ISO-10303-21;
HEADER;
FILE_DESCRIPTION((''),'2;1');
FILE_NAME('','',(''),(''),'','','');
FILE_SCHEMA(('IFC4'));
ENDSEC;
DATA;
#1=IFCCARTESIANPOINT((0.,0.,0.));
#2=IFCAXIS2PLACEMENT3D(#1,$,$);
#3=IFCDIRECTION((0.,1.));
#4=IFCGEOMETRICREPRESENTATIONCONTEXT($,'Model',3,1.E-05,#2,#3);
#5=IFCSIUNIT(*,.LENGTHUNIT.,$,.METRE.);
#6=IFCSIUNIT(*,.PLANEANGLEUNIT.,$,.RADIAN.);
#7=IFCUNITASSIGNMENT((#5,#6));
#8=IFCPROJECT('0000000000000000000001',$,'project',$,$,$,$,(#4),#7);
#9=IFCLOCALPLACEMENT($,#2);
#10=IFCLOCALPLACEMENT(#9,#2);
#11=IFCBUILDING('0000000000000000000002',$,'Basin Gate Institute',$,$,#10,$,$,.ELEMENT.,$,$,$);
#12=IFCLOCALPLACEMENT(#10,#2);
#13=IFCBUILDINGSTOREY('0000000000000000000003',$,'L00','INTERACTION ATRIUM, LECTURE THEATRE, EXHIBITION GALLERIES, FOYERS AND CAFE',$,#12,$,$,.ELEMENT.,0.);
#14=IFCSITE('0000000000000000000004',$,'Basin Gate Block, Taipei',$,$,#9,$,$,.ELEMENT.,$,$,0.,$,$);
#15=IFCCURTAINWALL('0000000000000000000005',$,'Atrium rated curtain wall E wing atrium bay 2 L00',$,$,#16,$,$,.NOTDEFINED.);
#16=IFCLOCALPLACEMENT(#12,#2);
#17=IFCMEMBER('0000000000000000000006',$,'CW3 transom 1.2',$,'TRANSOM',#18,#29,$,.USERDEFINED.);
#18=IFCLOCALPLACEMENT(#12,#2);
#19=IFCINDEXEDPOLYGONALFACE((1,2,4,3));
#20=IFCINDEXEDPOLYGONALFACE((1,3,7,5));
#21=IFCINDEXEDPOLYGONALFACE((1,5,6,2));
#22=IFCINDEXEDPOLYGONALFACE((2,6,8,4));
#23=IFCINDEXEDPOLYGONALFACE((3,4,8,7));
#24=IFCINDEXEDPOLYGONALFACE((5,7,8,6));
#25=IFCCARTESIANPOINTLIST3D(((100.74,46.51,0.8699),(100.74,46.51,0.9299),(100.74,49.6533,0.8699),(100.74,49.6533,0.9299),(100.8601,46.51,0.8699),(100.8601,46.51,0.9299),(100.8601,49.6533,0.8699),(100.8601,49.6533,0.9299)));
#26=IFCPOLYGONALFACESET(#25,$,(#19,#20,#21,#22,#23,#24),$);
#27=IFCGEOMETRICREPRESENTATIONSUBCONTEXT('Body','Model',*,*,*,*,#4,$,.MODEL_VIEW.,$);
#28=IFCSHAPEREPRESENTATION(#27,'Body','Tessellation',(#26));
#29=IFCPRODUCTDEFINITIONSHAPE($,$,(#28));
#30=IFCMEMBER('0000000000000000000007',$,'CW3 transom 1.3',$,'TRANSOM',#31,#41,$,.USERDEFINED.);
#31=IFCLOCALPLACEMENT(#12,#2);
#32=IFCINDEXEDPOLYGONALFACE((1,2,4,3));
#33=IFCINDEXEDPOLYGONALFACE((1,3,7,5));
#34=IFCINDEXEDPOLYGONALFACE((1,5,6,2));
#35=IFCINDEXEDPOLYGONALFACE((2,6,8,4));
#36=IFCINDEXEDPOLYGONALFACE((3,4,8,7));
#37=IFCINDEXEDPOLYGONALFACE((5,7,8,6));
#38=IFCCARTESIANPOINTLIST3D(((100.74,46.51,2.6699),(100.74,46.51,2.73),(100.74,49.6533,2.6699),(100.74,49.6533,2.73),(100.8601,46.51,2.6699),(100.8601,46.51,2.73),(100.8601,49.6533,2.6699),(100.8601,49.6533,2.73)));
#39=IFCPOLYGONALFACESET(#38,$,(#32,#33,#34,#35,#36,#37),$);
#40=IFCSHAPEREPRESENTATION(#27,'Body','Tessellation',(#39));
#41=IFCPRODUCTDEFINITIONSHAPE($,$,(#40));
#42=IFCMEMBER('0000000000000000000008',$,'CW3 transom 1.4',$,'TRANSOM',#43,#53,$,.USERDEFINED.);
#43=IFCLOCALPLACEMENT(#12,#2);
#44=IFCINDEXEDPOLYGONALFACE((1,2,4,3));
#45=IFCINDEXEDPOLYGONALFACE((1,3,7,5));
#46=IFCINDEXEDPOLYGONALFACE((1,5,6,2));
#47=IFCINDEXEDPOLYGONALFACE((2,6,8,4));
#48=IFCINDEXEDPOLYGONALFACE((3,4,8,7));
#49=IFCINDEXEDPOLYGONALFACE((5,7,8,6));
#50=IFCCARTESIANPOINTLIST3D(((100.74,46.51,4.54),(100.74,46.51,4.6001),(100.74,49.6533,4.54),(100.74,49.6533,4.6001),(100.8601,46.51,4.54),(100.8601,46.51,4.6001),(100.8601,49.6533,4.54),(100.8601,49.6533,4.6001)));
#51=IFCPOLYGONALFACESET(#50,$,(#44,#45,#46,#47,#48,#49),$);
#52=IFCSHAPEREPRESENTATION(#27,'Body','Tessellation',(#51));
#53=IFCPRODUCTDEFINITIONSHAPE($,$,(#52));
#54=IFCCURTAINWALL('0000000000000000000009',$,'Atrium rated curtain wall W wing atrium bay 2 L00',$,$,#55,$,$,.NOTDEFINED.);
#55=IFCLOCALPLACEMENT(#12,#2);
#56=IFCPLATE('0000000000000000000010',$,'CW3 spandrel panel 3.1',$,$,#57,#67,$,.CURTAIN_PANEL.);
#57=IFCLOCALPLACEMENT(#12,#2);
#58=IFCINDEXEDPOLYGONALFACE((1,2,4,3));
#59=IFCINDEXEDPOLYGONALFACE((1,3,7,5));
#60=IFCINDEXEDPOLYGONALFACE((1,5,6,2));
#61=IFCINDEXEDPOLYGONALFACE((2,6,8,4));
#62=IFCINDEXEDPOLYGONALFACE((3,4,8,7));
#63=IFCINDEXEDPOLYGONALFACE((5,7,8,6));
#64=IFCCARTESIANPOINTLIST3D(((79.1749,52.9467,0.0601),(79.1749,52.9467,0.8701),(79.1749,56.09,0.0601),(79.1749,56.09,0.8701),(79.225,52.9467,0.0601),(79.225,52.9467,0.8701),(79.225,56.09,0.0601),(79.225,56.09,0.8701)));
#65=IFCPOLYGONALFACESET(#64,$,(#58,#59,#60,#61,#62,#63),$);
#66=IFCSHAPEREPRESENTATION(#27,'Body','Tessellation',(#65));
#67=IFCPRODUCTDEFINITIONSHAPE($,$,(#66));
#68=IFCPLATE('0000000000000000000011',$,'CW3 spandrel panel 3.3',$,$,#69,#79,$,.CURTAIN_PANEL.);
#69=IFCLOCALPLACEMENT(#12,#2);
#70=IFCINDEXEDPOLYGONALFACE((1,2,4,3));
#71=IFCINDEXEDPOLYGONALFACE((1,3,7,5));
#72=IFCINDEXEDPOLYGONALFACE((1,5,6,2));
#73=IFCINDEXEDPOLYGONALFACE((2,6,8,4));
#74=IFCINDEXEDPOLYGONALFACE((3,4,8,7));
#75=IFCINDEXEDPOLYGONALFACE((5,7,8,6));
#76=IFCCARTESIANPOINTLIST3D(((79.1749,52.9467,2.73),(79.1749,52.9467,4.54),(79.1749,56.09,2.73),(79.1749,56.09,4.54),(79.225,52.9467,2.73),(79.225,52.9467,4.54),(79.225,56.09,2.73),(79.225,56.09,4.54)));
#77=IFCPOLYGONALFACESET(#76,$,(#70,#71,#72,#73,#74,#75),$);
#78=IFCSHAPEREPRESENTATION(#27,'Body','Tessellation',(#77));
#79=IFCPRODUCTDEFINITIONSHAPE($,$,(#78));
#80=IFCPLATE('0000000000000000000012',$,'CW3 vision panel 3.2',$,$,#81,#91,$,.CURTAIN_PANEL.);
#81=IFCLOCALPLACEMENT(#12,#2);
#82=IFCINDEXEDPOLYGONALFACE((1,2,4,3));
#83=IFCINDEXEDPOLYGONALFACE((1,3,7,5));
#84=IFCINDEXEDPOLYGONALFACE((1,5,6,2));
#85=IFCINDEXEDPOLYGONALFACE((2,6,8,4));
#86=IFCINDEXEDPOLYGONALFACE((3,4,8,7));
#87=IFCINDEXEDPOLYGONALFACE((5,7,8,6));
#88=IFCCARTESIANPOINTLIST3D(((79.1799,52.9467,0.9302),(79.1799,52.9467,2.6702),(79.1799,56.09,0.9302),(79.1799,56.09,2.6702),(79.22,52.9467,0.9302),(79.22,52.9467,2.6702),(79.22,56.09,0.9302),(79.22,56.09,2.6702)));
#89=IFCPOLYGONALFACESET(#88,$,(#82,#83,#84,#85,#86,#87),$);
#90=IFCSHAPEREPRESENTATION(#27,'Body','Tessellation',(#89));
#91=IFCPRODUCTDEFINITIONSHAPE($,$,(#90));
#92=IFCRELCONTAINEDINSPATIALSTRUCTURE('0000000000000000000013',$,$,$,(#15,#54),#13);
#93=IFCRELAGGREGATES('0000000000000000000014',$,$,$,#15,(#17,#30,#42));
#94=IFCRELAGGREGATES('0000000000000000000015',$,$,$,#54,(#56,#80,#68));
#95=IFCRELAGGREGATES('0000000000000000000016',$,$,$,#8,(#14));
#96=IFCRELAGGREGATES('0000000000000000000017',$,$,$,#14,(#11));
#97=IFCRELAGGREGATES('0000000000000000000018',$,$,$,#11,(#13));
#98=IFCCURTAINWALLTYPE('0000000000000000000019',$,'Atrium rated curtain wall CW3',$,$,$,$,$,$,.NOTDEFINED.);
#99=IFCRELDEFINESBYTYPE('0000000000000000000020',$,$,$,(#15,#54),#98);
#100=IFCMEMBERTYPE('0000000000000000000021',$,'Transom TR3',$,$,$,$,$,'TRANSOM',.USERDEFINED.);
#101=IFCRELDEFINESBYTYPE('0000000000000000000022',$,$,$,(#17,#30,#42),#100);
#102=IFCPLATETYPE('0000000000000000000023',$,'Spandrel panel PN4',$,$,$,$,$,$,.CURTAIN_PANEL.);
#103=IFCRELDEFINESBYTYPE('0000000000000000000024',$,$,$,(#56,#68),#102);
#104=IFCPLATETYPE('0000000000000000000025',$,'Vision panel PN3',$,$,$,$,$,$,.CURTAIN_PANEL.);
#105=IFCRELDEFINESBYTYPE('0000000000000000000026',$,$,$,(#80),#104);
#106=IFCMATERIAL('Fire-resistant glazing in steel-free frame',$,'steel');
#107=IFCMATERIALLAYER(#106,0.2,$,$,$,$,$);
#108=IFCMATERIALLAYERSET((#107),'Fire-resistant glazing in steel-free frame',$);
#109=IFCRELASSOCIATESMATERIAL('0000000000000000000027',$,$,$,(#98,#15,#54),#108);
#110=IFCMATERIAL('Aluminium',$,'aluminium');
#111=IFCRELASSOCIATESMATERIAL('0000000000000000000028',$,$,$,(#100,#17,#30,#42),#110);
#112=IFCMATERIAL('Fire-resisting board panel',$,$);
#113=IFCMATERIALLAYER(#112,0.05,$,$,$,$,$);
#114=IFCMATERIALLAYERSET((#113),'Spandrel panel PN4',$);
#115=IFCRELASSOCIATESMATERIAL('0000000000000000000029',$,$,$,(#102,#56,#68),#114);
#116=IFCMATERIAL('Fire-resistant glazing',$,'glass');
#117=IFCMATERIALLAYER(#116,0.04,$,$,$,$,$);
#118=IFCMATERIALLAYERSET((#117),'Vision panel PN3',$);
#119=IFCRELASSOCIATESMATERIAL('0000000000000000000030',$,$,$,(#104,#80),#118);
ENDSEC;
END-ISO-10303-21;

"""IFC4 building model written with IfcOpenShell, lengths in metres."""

from ifc_helpers import new_model, si_unit, direction, frame, origin, origin_2d, place, context, subcontext, project, spatial, rectangle, extrude, material, layer, layer_set, material_profile, profile_set, type_object, element, aggregate, save


model = new_model("IFC4")

# Units and contexts
model_context = context("Model", 3, precision=1e-05, world=origin(), true_north=direction((0.0, 1.0)))
body_context = subcontext(model_context, "Body", "Model", "MODEL_VIEW")
ifc_project = project(units=[si_unit("LENGTHUNIT", "METRE"), si_unit("PLANEANGLEUNIT", "RADIAN")], contexts=[model_context])

# Site, building, storey
site_placement = place(None, origin())
site = spatial("IfcSite", under=ifc_project, at=site_placement, Name="Basin Gate Block, Taipei", CompositionType="ELEMENT", RefElevation=0.0)
building_placement = place(site_placement, origin())
building = spatial("IfcBuilding", under=site, at=building_placement, Name="Basin Gate Institute", CompositionType="ELEMENT")
storey_placement = place(building_placement, origin())
storey = spatial("IfcBuildingStorey", under=building, at=storey_placement, Name="L00", Description="INTERACTION ATRIUM, LECTURE THEATRE, EXHIBITION GALLERIES, FOYERS AND CAFE", CompositionType="ELEMENT", Elevation=0.0)

# Curtain wall
ifc_material_1 = material(Name="Fire-resistant glazing in steel-free frame", Category="steel")
ifc_layer_1 = layer(ifc_material_1, 0.2)
ifc_layer_set_1 = layer_set([ifc_layer_1], Name="Fire-resistant glazing in steel-free frame")
curtain_wall_type = type_object("IfcCurtainWallType", Name="Atrium rated curtain wall CW3", PredefinedType="NOTDEFINED", material=ifc_layer_set_1)
curtain_wall_1_placement = place(storey_placement, origin())
curtain_wall_1 = element("IfcCurtainWall", 1, at=curtain_wall_1_placement, inside=storey, type_object=curtain_wall_type, material=ifc_layer_set_1, Name="Atrium rated curtain wall E wing atrium bay 2 L00", PredefinedType="NOTDEFINED")

# Members
ifc_material_2 = material(Name="Aluminium", Category="aluminium")
ifc_material_profile_1 = material_profile(ifc_material_2, rectangle(XDim=0.1201, YDim=0.0601, at=origin_2d()), Name="Transom TR3 120 x 60")
ifc_profile_set_1 = profile_set([ifc_material_profile_1], Name="Aluminium")
member_type_1 = type_object("IfcMemberType", Name="Transom TR3", ElementType="TRANSOM", PredefinedType="USERDEFINED", material=ifc_profile_set_1)
member_1_placement = place(storey_placement, frame((100.8, 46.51, 0.8999), z_axis=(0.0, 1.0, 0.0), x_axis=(-1.0, 0.0, 0.0)))
member_1 = element("IfcMember", 2, at=member_1_placement, type_object=member_type_1, material=ifc_profile_set_1, Name="CW3 transom 1.2", ObjectType="TRANSOM", PredefinedType="USERDEFINED", context=body_context, shape_type="SweptSolid", body=[
    extrude(rectangle(XDim=0.1201, YDim=0.0601, at=origin_2d()), origin(), (0.0, 0.0, 1.0), 3.1433),
])
member_2_placement = place(storey_placement, frame((100.8, 46.51, 2.7), z_axis=(0.0, 1.0, 0.0), x_axis=(-1.0, 0.0, 0.0)))
member_2 = element("IfcMember", 3, at=member_2_placement, type_object=member_type_1, material=ifc_profile_set_1, Name="CW3 transom 1.3", ObjectType="TRANSOM", PredefinedType="USERDEFINED", context=body_context, shape_type="SweptSolid", body=[
    extrude(rectangle(XDim=0.1201, YDim=0.0601, at=origin_2d()), origin(), (0.0, 0.0, 1.0), 3.1433),
])
member_3_placement = place(storey_placement, frame((100.8, 46.51, 4.5701), z_axis=(0.0, 1.0, 0.0), x_axis=(-1.0, 0.0, 0.0)))
member_3 = element("IfcMember", 4, at=member_3_placement, type_object=member_type_1, material=ifc_profile_set_1, Name="CW3 transom 1.4", ObjectType="TRANSOM", PredefinedType="USERDEFINED", context=body_context, shape_type="SweptSolid", body=[
    extrude(rectangle(XDim=0.1201, YDim=0.0601, at=origin_2d()), origin(), (0.0, 0.0, 1.0), 3.1433),
])
aggregate(curtain_wall_1, [member_1, member_2, member_3])

# Curtain wall, plates
curtain_wall_2_placement = place(storey_placement, origin())
curtain_wall_2 = element("IfcCurtainWall", 5, at=curtain_wall_2_placement, inside=storey, type_object=curtain_wall_type, material=ifc_layer_set_1, Name="Atrium rated curtain wall W wing atrium bay 2 L00", PredefinedType="NOTDEFINED")
ifc_material_3 = material(Name="Fire-resisting board panel")
ifc_layer_2 = layer(ifc_material_3, 0.05)
ifc_layer_set_2 = layer_set([ifc_layer_2], Name="Spandrel panel PN4")
plate_type_1 = type_object("IfcPlateType", Name="Spandrel panel PN4", PredefinedType="CURTAIN_PANEL", material=ifc_layer_set_2)
plate_1_placement = place(storey_placement, frame((79.2, 54.5183, 0.0601), z_axis=(0.0, 0.0, 1.0), x_axis=(0.0, 1.0, 0.0)))
plate_1 = element("IfcPlate", 6, at=plate_1_placement, type_object=plate_type_1, material=ifc_layer_set_2, Name="CW3 spandrel panel 3.1", PredefinedType="CURTAIN_PANEL", context=body_context, shape_type="SweptSolid", body=[
    extrude(rectangle(XDim=3.1433, YDim=0.05, at=origin_2d()), origin(), (0.0, 0.0, 1.0), 0.8101),
])
plate_2_placement = place(storey_placement, frame((79.2, 54.5183, 2.73), z_axis=(0.0, 0.0, 1.0), x_axis=(0.0, 1.0, 0.0)))
plate_2 = element("IfcPlate", 7, at=plate_2_placement, type_object=plate_type_1, material=ifc_layer_set_2, Name="CW3 spandrel panel 3.3", PredefinedType="CURTAIN_PANEL", context=body_context, shape_type="SweptSolid", body=[
    extrude(rectangle(XDim=3.1433, YDim=0.05, at=origin_2d()), origin(), (0.0, 0.0, 1.0), 1.8101),
])
ifc_material_4 = material(Name="Fire-resistant glazing", Category="glass")
ifc_layer_3 = layer(ifc_material_4, 0.04)
ifc_layer_set_3 = layer_set([ifc_layer_3], Name="Vision panel PN3")
plate_type_2 = type_object("IfcPlateType", Name="Vision panel PN3", PredefinedType="CURTAIN_PANEL", material=ifc_layer_set_3)
plate_3_placement = place(storey_placement, frame((79.2, 54.5183, 0.9302), z_axis=(0.0, 0.0, 1.0), x_axis=(0.0, 1.0, 0.0)))
plate_3 = element("IfcPlate", 8, at=plate_3_placement, type_object=plate_type_2, material=ifc_layer_set_3, Name="CW3 vision panel 3.2", PredefinedType="CURTAIN_PANEL", context=body_context, shape_type="SweptSolid", body=[
    extrude(rectangle(XDim=3.1433, YDim=0.04, at=origin_2d()), origin(), (0.0, 0.0, 1.0), 1.74),
])
aggregate(curtain_wall_2, [plate_1, plate_3, plate_2])

save(model, "model.ifc")
